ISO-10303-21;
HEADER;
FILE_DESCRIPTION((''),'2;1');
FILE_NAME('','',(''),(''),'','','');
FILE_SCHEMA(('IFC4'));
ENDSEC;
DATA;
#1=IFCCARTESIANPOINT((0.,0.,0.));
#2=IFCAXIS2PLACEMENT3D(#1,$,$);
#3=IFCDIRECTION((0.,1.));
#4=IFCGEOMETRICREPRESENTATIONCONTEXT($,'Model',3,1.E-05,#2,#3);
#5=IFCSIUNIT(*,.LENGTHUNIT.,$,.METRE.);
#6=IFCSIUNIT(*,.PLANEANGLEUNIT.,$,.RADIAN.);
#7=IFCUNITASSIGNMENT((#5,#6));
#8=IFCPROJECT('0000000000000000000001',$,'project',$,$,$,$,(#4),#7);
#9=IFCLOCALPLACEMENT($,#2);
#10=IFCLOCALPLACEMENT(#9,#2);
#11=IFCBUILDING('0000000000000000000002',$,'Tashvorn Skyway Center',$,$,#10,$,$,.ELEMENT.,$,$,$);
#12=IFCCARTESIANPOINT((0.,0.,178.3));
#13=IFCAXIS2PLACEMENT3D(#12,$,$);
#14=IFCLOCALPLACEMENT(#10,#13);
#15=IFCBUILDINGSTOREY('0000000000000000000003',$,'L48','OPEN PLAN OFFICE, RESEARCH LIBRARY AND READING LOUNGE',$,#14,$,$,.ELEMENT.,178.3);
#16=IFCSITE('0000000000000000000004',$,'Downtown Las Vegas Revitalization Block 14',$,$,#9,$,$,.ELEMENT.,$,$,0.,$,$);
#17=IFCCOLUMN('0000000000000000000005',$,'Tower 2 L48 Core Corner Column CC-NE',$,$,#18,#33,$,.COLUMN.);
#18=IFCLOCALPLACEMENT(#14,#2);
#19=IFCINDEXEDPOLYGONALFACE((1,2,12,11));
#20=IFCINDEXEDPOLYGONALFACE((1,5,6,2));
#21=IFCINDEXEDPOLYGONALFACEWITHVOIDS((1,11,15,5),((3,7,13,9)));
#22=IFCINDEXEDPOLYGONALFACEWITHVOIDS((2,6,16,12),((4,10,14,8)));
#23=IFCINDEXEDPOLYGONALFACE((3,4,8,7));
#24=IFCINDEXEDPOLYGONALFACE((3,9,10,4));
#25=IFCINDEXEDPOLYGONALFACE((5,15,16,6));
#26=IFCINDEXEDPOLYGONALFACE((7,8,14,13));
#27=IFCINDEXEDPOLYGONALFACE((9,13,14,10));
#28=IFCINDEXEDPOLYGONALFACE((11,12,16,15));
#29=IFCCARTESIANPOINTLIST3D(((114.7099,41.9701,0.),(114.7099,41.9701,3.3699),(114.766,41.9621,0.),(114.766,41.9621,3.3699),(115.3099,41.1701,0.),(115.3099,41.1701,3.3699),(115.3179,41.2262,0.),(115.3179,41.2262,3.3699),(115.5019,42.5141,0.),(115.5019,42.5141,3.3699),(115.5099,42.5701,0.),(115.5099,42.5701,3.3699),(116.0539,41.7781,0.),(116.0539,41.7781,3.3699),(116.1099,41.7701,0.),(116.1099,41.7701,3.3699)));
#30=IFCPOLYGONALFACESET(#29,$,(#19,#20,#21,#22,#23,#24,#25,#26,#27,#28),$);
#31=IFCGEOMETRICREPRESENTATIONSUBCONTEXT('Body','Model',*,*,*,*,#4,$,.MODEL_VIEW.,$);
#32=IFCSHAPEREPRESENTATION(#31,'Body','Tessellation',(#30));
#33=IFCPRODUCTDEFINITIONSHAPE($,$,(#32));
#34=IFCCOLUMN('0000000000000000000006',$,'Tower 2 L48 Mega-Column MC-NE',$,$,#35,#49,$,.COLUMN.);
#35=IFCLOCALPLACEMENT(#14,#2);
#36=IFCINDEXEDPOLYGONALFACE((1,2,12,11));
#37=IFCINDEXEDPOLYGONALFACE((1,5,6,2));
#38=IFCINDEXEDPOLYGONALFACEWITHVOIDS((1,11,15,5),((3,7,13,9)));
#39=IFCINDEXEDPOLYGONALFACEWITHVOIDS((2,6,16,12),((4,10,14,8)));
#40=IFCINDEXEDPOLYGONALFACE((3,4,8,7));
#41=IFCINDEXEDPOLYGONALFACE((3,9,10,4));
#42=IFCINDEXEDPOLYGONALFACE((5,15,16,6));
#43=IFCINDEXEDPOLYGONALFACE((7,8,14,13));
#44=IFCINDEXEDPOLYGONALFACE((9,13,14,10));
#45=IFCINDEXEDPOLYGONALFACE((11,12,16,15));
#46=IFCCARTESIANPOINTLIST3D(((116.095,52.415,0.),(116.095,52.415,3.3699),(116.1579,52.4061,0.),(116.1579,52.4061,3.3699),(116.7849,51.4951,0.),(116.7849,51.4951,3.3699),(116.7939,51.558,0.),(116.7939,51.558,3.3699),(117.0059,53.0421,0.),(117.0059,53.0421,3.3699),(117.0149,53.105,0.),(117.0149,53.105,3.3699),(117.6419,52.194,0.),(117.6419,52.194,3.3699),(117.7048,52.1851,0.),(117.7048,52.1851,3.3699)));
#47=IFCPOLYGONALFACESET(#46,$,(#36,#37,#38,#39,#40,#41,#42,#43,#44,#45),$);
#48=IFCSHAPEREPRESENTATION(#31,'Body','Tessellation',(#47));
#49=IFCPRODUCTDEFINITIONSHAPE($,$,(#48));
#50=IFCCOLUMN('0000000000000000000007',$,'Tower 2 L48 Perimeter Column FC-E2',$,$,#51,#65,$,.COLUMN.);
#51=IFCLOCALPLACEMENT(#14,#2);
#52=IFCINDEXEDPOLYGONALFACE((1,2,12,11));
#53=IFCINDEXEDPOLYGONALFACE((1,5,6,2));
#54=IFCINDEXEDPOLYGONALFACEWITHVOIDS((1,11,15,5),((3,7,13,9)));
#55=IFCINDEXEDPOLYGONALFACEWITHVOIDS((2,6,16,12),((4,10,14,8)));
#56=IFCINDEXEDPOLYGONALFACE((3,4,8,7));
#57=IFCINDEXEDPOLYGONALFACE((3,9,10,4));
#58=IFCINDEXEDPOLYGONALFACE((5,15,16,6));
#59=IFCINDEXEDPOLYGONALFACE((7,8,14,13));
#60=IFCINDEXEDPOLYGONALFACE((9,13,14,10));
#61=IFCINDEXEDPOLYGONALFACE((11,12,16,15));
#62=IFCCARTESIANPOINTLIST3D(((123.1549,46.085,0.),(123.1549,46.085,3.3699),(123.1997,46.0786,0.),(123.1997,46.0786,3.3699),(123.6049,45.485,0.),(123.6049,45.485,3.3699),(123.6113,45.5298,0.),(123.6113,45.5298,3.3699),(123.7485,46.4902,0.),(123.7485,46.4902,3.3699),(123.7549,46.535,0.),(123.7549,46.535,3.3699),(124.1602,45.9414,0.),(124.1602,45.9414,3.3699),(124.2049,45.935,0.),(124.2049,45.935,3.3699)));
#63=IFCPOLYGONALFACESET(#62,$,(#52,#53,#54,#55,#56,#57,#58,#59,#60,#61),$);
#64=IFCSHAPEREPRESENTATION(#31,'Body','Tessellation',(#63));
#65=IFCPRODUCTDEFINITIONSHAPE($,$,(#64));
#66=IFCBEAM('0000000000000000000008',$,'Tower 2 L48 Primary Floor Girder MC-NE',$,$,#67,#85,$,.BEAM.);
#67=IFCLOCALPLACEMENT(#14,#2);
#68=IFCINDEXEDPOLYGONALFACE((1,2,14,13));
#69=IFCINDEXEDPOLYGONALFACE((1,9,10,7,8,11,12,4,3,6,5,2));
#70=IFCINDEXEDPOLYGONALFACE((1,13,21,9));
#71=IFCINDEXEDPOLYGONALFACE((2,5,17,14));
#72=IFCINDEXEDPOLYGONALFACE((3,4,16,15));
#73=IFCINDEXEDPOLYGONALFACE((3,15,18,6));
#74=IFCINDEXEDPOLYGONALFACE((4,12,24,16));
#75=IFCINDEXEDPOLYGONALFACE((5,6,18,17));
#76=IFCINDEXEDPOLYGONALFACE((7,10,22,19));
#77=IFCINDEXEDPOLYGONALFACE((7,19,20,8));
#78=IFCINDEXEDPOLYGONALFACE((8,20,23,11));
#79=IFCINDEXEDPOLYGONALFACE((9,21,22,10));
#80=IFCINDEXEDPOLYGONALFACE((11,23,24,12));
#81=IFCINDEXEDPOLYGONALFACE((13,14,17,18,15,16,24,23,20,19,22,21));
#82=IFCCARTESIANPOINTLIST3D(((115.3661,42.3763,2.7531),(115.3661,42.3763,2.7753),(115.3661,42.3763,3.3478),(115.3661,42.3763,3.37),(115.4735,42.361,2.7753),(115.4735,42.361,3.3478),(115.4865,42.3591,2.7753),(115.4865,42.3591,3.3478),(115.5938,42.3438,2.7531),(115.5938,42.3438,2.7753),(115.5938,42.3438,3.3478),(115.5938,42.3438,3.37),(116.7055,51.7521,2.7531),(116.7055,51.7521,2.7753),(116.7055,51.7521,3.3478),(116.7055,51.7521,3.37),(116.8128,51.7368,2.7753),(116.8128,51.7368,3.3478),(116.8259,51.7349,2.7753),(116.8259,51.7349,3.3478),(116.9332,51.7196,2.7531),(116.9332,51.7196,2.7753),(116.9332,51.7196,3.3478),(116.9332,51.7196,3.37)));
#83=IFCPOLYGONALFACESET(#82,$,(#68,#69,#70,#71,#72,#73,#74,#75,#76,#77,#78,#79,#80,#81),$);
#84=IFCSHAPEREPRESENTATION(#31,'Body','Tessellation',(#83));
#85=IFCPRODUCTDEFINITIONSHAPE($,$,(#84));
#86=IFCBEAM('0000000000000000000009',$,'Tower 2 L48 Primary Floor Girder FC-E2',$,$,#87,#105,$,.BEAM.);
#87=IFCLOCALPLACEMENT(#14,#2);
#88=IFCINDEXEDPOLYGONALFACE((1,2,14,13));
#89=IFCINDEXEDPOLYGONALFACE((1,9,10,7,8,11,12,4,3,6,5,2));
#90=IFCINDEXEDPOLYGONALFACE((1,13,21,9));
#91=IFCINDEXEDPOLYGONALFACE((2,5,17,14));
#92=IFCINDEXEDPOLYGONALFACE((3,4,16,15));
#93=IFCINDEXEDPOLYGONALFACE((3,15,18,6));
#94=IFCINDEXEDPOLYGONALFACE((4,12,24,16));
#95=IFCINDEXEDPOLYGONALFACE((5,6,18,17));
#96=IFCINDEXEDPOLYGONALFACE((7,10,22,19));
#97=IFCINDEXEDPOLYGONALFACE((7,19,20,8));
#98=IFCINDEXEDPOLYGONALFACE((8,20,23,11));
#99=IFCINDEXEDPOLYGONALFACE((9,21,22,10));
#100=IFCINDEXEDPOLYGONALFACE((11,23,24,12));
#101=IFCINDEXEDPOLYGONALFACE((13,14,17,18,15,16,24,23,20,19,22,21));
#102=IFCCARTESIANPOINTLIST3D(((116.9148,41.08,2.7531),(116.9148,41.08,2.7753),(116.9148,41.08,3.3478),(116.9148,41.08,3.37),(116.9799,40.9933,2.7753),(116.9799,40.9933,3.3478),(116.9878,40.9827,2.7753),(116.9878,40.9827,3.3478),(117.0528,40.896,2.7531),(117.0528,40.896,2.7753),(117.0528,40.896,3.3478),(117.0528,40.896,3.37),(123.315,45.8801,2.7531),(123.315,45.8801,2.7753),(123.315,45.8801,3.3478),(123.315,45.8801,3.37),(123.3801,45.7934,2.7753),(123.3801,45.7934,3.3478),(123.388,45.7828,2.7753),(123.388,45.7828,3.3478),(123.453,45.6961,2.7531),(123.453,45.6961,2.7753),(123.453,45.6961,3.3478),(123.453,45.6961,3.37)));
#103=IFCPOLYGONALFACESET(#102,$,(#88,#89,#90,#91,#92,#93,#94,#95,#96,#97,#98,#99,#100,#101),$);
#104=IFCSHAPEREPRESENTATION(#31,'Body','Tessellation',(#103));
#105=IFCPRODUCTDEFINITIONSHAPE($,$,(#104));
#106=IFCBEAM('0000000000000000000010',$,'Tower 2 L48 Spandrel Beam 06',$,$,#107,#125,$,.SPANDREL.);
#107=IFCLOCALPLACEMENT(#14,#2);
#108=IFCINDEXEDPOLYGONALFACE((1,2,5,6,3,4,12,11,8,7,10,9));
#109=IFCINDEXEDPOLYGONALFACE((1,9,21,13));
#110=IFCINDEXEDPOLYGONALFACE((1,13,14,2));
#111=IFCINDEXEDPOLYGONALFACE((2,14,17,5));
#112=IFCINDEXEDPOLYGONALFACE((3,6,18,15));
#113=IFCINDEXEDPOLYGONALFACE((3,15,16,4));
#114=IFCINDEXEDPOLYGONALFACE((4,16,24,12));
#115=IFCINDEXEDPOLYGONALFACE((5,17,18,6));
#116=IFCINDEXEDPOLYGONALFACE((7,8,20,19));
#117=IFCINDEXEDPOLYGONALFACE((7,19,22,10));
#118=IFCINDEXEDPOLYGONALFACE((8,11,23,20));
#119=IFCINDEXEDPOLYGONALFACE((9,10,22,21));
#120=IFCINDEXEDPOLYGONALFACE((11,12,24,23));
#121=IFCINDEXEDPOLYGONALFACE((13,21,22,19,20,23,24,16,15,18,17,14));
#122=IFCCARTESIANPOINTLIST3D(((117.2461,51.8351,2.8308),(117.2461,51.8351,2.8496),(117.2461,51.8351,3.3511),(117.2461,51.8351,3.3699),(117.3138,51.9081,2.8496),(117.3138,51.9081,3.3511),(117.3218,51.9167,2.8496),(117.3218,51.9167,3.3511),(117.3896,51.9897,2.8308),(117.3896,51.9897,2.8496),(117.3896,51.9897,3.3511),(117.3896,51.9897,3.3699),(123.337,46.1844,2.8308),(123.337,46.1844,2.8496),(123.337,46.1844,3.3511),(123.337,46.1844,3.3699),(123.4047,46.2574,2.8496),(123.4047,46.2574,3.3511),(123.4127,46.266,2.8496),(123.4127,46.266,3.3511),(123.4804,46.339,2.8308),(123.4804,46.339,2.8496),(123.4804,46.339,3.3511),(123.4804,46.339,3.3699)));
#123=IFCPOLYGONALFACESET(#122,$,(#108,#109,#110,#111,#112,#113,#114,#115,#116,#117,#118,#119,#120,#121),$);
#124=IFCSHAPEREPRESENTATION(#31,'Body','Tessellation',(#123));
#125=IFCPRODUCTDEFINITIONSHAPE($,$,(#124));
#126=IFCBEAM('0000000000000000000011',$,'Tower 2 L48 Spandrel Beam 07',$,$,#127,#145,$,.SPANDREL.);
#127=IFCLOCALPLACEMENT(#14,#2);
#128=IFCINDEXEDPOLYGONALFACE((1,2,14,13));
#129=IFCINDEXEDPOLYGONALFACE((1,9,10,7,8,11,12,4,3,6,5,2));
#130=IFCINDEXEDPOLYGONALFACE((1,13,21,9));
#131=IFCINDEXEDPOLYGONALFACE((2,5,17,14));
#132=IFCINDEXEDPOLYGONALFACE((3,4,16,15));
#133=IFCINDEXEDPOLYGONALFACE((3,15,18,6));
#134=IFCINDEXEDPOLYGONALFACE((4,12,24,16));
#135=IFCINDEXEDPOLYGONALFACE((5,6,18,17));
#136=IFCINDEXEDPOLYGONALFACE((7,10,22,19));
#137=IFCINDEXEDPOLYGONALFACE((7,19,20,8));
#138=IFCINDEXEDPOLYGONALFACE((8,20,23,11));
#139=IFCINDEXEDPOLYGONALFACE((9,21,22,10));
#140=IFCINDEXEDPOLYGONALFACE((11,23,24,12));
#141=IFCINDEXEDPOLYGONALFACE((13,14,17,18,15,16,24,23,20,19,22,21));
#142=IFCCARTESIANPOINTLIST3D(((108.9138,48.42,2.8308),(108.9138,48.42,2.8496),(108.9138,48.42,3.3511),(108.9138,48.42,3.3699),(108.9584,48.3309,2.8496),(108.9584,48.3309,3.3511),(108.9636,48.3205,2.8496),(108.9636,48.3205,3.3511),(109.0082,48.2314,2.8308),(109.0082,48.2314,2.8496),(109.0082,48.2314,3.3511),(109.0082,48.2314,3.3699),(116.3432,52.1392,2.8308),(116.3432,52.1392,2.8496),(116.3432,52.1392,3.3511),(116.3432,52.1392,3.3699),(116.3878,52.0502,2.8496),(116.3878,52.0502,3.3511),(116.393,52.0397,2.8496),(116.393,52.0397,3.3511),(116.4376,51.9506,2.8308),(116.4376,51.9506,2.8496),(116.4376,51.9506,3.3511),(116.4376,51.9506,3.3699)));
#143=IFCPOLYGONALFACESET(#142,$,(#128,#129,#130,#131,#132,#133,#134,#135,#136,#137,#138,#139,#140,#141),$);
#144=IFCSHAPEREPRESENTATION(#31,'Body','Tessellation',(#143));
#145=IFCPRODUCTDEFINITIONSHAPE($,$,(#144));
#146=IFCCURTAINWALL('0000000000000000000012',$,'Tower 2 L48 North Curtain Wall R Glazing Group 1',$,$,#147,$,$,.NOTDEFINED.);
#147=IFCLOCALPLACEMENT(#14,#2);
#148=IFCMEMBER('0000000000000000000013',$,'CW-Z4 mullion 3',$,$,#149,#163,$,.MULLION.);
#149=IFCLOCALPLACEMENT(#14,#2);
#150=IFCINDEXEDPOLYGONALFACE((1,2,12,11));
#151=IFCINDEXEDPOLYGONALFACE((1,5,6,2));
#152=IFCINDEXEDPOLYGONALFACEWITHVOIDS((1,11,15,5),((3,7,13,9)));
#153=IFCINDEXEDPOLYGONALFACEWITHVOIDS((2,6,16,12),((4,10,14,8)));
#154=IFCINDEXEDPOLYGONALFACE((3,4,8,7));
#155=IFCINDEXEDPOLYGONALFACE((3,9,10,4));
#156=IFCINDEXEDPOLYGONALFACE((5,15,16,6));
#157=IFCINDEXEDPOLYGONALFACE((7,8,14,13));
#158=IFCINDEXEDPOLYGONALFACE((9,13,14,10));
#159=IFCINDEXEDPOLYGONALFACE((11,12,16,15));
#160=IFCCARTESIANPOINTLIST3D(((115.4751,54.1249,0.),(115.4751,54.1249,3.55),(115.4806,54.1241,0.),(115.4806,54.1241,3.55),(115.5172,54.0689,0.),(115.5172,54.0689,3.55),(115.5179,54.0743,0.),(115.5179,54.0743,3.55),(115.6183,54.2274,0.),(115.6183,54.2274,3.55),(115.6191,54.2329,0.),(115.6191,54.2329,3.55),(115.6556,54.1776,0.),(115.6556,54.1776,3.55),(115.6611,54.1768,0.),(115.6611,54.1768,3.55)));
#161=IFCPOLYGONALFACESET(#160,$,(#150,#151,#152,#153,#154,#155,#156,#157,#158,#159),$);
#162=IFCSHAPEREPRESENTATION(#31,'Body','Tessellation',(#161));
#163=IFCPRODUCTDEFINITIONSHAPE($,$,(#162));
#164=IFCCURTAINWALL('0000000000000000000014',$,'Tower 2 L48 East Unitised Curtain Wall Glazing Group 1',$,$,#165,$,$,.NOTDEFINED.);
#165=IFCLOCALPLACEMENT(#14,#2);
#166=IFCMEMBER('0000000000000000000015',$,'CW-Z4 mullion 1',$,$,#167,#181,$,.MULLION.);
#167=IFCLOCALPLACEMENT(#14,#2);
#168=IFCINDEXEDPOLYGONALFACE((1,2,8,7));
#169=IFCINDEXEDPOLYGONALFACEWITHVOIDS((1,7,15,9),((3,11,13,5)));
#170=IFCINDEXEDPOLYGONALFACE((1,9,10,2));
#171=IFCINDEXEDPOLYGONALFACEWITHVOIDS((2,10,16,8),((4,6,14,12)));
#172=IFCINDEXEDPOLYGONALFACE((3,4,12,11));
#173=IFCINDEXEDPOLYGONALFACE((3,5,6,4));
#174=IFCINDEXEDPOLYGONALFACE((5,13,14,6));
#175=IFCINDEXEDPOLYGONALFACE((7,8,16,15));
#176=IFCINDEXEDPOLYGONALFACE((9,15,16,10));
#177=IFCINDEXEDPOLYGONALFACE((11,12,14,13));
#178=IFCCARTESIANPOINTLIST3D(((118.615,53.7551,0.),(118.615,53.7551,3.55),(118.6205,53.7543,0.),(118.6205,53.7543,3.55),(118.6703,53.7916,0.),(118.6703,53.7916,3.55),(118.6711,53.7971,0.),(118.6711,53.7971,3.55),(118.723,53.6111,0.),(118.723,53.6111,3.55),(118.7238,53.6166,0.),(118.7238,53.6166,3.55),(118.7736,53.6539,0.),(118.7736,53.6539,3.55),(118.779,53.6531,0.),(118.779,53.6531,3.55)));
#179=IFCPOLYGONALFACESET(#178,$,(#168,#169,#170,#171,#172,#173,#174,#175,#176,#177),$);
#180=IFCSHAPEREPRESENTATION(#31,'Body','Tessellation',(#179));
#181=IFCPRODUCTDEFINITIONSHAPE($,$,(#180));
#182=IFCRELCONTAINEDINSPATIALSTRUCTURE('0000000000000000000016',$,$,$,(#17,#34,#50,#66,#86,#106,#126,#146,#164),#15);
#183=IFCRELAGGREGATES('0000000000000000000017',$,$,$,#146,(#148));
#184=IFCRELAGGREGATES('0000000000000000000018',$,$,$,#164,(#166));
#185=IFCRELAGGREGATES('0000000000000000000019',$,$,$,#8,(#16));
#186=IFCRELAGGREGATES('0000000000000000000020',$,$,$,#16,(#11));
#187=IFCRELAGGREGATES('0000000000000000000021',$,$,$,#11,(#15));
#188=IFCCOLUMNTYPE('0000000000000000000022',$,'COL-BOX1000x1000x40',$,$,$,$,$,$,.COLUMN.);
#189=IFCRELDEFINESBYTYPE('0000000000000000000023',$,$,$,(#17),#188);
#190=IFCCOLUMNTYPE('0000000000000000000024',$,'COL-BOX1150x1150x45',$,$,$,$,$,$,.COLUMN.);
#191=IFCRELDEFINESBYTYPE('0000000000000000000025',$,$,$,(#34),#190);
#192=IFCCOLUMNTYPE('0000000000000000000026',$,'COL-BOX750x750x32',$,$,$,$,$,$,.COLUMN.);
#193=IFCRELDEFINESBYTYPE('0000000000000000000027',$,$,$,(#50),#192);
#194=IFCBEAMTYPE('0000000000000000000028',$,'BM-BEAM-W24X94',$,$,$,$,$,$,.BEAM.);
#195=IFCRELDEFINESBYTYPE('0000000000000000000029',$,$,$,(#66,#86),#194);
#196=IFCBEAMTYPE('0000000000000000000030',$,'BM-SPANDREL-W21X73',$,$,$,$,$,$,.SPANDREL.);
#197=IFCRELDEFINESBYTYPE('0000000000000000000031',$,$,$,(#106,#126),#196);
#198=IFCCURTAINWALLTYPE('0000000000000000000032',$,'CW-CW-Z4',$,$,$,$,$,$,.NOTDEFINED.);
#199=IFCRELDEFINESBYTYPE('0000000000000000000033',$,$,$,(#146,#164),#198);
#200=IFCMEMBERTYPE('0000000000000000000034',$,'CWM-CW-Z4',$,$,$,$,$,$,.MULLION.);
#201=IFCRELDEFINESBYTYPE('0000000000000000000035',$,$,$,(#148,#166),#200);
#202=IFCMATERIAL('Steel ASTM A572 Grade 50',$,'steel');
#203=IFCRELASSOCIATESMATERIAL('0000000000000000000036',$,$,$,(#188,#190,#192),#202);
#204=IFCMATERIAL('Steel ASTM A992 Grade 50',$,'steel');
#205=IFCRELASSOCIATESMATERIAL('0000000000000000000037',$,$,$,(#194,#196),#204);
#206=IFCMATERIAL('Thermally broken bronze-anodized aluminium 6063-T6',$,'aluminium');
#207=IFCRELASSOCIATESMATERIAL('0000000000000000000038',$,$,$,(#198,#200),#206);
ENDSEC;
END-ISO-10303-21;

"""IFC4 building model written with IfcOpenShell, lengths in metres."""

from ifc_helpers import new_model, si_unit, direction, frame, origin, origin_2d, place, context, subcontext, project, spatial, hollow_rectangle, i_section, extrude, material, material_profile, profile_set, type_object, element, aggregate, save


model = new_model("IFC4")

# Units and contexts
model_context = context("Model", 3, precision=1e-05, world=origin(), true_north=direction((0.0, 1.0)))
body_context = subcontext(model_context, "Body", "Model", "MODEL_VIEW")
ifc_project = project(units=[si_unit("LENGTHUNIT", "METRE"), si_unit("PLANEANGLEUNIT", "RADIAN")], contexts=[model_context])

# Site, building, storey
site_placement = place(None, origin())
site = spatial("IfcSite", under=ifc_project, at=site_placement, Name="Downtown Las Vegas Revitalization Block 14", CompositionType="ELEMENT", RefElevation=0.0)
building_placement = place(site_placement, origin())
building = spatial("IfcBuilding", under=site, at=building_placement, Name="Tashvorn Skyway Center", CompositionType="ELEMENT")
storey_placement = place(building_placement, frame((0.0, 0.0, 178.3)))
storey = spatial("IfcBuildingStorey", under=building, at=storey_placement, Name="L48", Description="OPEN PLAN OFFICE, RESEARCH LIBRARY AND READING LOUNGE", CompositionType="ELEMENT", Elevation=178.3)

# Columns
ifc_material_1 = material(Name="Steel ASTM A572 Grade 50", Category="steel")
ifc_material_profile_1 = material_profile(ifc_material_1, hollow_rectangle(XDim=1.0, YDim=1.0, WallThickness=0.04, at=origin_2d()), Name="BOX1000x1000x40")
ifc_profile_set_1 = profile_set([ifc_material_profile_1], Name="Steel ASTM A572 Grade 50")
column_type_1 = type_object("IfcColumnType", Name="COL-BOX1000x1000x40", PredefinedType="COLUMN", material=ifc_profile_set_1)
column_1_placement = place(storey_placement, frame((115.4099, 41.8701, 0.0), z_axis=(0.0, 0.0, 1.0), x_axis=(0.8, 0.6, 0.0)))
element("IfcColumn", 1, at=column_1_placement, inside=storey, type_object=column_type_1, Name="Tower 2 L48 Core Corner Column CC-NE", PredefinedType="COLUMN", context=body_context, shape_type="SweptSolid", body=[
    extrude(hollow_rectangle(XDim=1.0, YDim=1.0, WallThickness=0.04, at=origin_2d()), origin(), (0.0, 0.0, 1.0), 3.3699),
])
ifc_material_profile_2 = material_profile(ifc_material_1, hollow_rectangle(XDim=1.1499, YDim=1.1499, WallThickness=0.0449, at=origin_2d()), Name="BOX1150x1150x45")
ifc_profile_set_2 = profile_set([ifc_material_profile_2], Name="Steel ASTM A572 Grade 50")
column_type_2 = type_object("IfcColumnType", Name="COL-BOX1150x1150x45", PredefinedType="COLUMN", material=ifc_profile_set_2)
column_2_placement = place(storey_placement, frame((116.8999, 52.3, 0.0), z_axis=(0.0, 0.0, 1.0), x_axis=(0.8, 0.6, 0.0)))
element("IfcColumn", 2, at=column_2_placement, inside=storey, type_object=column_type_2, Name="Tower 2 L48 Mega-Column MC-NE", PredefinedType="COLUMN", context=body_context, shape_type="SweptSolid", body=[
    extrude(hollow_rectangle(XDim=1.1499, YDim=1.1499, WallThickness=0.0449, at=origin_2d()), origin(), (0.0, 0.0, 1.0), 3.3699),
])
ifc_material_profile_3 = material_profile(ifc_material_1, hollow_rectangle(XDim=0.75, YDim=0.75, WallThickness=0.032, at=origin_2d()), Name="BOX750x750x32")
ifc_profile_set_3 = profile_set([ifc_material_profile_3], Name="Steel ASTM A572 Grade 50")
column_type_3 = type_object("IfcColumnType", Name="COL-BOX750x750x32", PredefinedType="COLUMN", material=ifc_profile_set_3)
column_3_placement = place(storey_placement, frame((123.6799, 46.01, 0.0), z_axis=(0.0, 0.0, 1.0), x_axis=(0.8, 0.6, 0.0)))
element("IfcColumn", 3, at=column_3_placement, inside=storey, type_object=column_type_3, Name="Tower 2 L48 Perimeter Column FC-E2", PredefinedType="COLUMN", context=body_context, shape_type="SweptSolid", body=[
    extrude(hollow_rectangle(XDim=0.75, YDim=0.75, WallThickness=0.032, at=origin_2d()), origin(), (0.0, 0.0, 1.0), 3.3699),
])

# Beams
ifc_material_2 = material(Name="Steel ASTM A992 Grade 50", Category="steel")
ifc_material_profile_4 = material_profile(ifc_material_2, i_section(OverallWidth=0.23, OverallDepth=0.6169, WebThickness=0.0132, FlangeThickness=0.0222, at=origin_2d()), Name="W24X94")
ifc_profile_set_4 = profile_set([ifc_material_profile_4], Name="Steel ASTM A992 Grade 50")
beam_type_1 = type_object("IfcBeamType", Name="BM-BEAM-W24X94", PredefinedType="BEAM", material=ifc_profile_set_4)
beam_1_placement = place(storey_placement, frame((116.8193, 51.7358, 3.0615), z_axis=(-0.141418, -0.98995, 0.0), x_axis=(0.98995, -0.141418, 0.0)))
element("IfcBeam", 4, at=beam_1_placement, inside=storey, type_object=beam_type_1, Name="Tower 2 L48 Primary Floor Girder MC-NE", PredefinedType="BEAM", context=body_context, shape_type="SweptSolid", body=[
    extrude(i_section(OverallWidth=0.23, OverallDepth=0.6169, WebThickness=0.0132, FlangeThickness=0.0222, at=origin_2d()), origin(), (0.0, 0.0, 1.0), 9.4709),
])
beam_2_placement = place(storey_placement, frame((123.384, 45.7881, 3.0615), z_axis=(-0.800004, -0.599995, 0.0), x_axis=(0.599995, -0.800004, 0.0)))
element("IfcBeam", 5, at=beam_2_placement, inside=storey, type_object=beam_type_1, Name="Tower 2 L48 Primary Floor Girder FC-E2", PredefinedType="BEAM", context=body_context, shape_type="SweptSolid", body=[
    extrude(i_section(OverallWidth=0.23, OverallDepth=0.6169, WebThickness=0.0132, FlangeThickness=0.0222, at=origin_2d()), origin(), (0.0, 0.0, 1.0), 8.0002),
])
ifc_material_profile_5 = material_profile(ifc_material_2, i_section(OverallWidth=0.2109, OverallDepth=0.5391, WebThickness=0.0117, FlangeThickness=0.0188, at=origin_2d()), Name="W21X73")
ifc_profile_set_5 = profile_set([ifc_material_profile_5], Name="Steel ASTM A992 Grade 50")
beam_type_2 = type_object("IfcBeamType", Name="BM-SPANDREL-W21X73", PredefinedType="SPANDREL", material=ifc_profile_set_5)
for number, where, z_axis, x_axis, name in (
    (6, (123.4087, 46.2617, 3.1003), (-0.733101, 0.68012, 0.0), (-0.68012, -0.733101, 0.0), "Tower 2 L48 Spandrel Beam 06"),
    (7, (116.3904, 52.0449, 3.1003), (-0.89421, -0.447648, 0.0), (0.447648, -0.89421, 0.0), "Tower 2 L48 Spandrel Beam 07"),
):
    element("IfcBeam", number, at=place(storey_placement, frame(where, z_axis=z_axis, x_axis=x_axis)), inside=storey, type_object=beam_type_2, Name=name, PredefinedType="SPANDREL", context=body_context, shape_type="SweptSolid", body=[
        extrude(i_section(OverallWidth=0.2109, OverallDepth=0.5391, WebThickness=0.0117, FlangeThickness=0.0188, at=origin_2d()), origin(), (0.0, 0.0, 1.0), 8.3083),
    ])

# Curtain wall, member
ifc_material_3 = material(Name="Thermally broken bronze-anodized aluminium 6063-T6", Category="aluminium")
curtain_wall_type = type_object("IfcCurtainWallType", Name="CW-CW-Z4", PredefinedType="NOTDEFINED", material=ifc_material_3)
curtain_wall_1_placement = place(storey_placement, origin())
curtain_wall_1 = element("IfcCurtainWall", 8, at=curtain_wall_1_placement, inside=storey, type_object=curtain_wall_type, Name="Tower 2 L48 North Curtain Wall R Glazing Group 1", PredefinedType="NOTDEFINED")
ifc_material_profile_6 = material_profile(ifc_material_3, hollow_rectangle(XDim=0.0701, YDim=0.1799, WallThickness=0.0039, at=origin_2d()), Name="ALU-MULL-70x180")
ifc_profile_set_6 = profile_set([ifc_material_profile_6], Name="Thermally broken bronze-anodized aluminium 6063-T6")
member_type_1 = type_object("IfcMemberType", Name="CWM-CW-Z4", PredefinedType="MULLION", material=ifc_profile_set_6)
member_1_placement = place(storey_placement, frame((115.5681, 54.1509, 0.0), z_axis=(0.0, 0.0, 1.0), x_axis=(-0.600002, 0.799998, 0.0)))
member_1 = element("IfcMember", 9, at=member_1_placement, type_object=member_type_1, Name="CW-Z4 mullion 3", PredefinedType="MULLION", context=body_context, shape_type="SweptSolid", body=[
    extrude(hollow_rectangle(XDim=0.0701, YDim=0.1799, WallThickness=0.0039, at=origin_2d()), origin(), (0.0, 0.0, 1.0), 3.55),
])

# Curtain wall, member
curtain_wall_2_placement = place(storey_placement, origin())
curtain_wall_2 = element("IfcCurtainWall", 10, at=curtain_wall_2_placement, inside=storey, type_object=curtain_wall_type, Name="Tower 2 L48 East Unitised Curtain Wall Glazing Group 1", PredefinedType="NOTDEFINED")
member_2_placement = place(storey_placement, frame((118.697, 53.7041, 0.0), z_axis=(0.0, 0.0, 1.0), x_axis=(0.8, 0.6, 0.0)))
member_2 = element("IfcMember", 11, at=member_2_placement, type_object=member_type_1, Name="CW-Z4 mullion 1", PredefinedType="MULLION", context=body_context, shape_type="SweptSolid", body=[
    extrude(hollow_rectangle(XDim=0.0701, YDim=0.1799, WallThickness=0.0039, at=origin_2d()), origin(), (0.0, 0.0, 1.0), 3.55),
])

aggregate(curtain_wall_1, [member_1])
aggregate(curtain_wall_2, [member_2])

save(model, "model.ifc")
